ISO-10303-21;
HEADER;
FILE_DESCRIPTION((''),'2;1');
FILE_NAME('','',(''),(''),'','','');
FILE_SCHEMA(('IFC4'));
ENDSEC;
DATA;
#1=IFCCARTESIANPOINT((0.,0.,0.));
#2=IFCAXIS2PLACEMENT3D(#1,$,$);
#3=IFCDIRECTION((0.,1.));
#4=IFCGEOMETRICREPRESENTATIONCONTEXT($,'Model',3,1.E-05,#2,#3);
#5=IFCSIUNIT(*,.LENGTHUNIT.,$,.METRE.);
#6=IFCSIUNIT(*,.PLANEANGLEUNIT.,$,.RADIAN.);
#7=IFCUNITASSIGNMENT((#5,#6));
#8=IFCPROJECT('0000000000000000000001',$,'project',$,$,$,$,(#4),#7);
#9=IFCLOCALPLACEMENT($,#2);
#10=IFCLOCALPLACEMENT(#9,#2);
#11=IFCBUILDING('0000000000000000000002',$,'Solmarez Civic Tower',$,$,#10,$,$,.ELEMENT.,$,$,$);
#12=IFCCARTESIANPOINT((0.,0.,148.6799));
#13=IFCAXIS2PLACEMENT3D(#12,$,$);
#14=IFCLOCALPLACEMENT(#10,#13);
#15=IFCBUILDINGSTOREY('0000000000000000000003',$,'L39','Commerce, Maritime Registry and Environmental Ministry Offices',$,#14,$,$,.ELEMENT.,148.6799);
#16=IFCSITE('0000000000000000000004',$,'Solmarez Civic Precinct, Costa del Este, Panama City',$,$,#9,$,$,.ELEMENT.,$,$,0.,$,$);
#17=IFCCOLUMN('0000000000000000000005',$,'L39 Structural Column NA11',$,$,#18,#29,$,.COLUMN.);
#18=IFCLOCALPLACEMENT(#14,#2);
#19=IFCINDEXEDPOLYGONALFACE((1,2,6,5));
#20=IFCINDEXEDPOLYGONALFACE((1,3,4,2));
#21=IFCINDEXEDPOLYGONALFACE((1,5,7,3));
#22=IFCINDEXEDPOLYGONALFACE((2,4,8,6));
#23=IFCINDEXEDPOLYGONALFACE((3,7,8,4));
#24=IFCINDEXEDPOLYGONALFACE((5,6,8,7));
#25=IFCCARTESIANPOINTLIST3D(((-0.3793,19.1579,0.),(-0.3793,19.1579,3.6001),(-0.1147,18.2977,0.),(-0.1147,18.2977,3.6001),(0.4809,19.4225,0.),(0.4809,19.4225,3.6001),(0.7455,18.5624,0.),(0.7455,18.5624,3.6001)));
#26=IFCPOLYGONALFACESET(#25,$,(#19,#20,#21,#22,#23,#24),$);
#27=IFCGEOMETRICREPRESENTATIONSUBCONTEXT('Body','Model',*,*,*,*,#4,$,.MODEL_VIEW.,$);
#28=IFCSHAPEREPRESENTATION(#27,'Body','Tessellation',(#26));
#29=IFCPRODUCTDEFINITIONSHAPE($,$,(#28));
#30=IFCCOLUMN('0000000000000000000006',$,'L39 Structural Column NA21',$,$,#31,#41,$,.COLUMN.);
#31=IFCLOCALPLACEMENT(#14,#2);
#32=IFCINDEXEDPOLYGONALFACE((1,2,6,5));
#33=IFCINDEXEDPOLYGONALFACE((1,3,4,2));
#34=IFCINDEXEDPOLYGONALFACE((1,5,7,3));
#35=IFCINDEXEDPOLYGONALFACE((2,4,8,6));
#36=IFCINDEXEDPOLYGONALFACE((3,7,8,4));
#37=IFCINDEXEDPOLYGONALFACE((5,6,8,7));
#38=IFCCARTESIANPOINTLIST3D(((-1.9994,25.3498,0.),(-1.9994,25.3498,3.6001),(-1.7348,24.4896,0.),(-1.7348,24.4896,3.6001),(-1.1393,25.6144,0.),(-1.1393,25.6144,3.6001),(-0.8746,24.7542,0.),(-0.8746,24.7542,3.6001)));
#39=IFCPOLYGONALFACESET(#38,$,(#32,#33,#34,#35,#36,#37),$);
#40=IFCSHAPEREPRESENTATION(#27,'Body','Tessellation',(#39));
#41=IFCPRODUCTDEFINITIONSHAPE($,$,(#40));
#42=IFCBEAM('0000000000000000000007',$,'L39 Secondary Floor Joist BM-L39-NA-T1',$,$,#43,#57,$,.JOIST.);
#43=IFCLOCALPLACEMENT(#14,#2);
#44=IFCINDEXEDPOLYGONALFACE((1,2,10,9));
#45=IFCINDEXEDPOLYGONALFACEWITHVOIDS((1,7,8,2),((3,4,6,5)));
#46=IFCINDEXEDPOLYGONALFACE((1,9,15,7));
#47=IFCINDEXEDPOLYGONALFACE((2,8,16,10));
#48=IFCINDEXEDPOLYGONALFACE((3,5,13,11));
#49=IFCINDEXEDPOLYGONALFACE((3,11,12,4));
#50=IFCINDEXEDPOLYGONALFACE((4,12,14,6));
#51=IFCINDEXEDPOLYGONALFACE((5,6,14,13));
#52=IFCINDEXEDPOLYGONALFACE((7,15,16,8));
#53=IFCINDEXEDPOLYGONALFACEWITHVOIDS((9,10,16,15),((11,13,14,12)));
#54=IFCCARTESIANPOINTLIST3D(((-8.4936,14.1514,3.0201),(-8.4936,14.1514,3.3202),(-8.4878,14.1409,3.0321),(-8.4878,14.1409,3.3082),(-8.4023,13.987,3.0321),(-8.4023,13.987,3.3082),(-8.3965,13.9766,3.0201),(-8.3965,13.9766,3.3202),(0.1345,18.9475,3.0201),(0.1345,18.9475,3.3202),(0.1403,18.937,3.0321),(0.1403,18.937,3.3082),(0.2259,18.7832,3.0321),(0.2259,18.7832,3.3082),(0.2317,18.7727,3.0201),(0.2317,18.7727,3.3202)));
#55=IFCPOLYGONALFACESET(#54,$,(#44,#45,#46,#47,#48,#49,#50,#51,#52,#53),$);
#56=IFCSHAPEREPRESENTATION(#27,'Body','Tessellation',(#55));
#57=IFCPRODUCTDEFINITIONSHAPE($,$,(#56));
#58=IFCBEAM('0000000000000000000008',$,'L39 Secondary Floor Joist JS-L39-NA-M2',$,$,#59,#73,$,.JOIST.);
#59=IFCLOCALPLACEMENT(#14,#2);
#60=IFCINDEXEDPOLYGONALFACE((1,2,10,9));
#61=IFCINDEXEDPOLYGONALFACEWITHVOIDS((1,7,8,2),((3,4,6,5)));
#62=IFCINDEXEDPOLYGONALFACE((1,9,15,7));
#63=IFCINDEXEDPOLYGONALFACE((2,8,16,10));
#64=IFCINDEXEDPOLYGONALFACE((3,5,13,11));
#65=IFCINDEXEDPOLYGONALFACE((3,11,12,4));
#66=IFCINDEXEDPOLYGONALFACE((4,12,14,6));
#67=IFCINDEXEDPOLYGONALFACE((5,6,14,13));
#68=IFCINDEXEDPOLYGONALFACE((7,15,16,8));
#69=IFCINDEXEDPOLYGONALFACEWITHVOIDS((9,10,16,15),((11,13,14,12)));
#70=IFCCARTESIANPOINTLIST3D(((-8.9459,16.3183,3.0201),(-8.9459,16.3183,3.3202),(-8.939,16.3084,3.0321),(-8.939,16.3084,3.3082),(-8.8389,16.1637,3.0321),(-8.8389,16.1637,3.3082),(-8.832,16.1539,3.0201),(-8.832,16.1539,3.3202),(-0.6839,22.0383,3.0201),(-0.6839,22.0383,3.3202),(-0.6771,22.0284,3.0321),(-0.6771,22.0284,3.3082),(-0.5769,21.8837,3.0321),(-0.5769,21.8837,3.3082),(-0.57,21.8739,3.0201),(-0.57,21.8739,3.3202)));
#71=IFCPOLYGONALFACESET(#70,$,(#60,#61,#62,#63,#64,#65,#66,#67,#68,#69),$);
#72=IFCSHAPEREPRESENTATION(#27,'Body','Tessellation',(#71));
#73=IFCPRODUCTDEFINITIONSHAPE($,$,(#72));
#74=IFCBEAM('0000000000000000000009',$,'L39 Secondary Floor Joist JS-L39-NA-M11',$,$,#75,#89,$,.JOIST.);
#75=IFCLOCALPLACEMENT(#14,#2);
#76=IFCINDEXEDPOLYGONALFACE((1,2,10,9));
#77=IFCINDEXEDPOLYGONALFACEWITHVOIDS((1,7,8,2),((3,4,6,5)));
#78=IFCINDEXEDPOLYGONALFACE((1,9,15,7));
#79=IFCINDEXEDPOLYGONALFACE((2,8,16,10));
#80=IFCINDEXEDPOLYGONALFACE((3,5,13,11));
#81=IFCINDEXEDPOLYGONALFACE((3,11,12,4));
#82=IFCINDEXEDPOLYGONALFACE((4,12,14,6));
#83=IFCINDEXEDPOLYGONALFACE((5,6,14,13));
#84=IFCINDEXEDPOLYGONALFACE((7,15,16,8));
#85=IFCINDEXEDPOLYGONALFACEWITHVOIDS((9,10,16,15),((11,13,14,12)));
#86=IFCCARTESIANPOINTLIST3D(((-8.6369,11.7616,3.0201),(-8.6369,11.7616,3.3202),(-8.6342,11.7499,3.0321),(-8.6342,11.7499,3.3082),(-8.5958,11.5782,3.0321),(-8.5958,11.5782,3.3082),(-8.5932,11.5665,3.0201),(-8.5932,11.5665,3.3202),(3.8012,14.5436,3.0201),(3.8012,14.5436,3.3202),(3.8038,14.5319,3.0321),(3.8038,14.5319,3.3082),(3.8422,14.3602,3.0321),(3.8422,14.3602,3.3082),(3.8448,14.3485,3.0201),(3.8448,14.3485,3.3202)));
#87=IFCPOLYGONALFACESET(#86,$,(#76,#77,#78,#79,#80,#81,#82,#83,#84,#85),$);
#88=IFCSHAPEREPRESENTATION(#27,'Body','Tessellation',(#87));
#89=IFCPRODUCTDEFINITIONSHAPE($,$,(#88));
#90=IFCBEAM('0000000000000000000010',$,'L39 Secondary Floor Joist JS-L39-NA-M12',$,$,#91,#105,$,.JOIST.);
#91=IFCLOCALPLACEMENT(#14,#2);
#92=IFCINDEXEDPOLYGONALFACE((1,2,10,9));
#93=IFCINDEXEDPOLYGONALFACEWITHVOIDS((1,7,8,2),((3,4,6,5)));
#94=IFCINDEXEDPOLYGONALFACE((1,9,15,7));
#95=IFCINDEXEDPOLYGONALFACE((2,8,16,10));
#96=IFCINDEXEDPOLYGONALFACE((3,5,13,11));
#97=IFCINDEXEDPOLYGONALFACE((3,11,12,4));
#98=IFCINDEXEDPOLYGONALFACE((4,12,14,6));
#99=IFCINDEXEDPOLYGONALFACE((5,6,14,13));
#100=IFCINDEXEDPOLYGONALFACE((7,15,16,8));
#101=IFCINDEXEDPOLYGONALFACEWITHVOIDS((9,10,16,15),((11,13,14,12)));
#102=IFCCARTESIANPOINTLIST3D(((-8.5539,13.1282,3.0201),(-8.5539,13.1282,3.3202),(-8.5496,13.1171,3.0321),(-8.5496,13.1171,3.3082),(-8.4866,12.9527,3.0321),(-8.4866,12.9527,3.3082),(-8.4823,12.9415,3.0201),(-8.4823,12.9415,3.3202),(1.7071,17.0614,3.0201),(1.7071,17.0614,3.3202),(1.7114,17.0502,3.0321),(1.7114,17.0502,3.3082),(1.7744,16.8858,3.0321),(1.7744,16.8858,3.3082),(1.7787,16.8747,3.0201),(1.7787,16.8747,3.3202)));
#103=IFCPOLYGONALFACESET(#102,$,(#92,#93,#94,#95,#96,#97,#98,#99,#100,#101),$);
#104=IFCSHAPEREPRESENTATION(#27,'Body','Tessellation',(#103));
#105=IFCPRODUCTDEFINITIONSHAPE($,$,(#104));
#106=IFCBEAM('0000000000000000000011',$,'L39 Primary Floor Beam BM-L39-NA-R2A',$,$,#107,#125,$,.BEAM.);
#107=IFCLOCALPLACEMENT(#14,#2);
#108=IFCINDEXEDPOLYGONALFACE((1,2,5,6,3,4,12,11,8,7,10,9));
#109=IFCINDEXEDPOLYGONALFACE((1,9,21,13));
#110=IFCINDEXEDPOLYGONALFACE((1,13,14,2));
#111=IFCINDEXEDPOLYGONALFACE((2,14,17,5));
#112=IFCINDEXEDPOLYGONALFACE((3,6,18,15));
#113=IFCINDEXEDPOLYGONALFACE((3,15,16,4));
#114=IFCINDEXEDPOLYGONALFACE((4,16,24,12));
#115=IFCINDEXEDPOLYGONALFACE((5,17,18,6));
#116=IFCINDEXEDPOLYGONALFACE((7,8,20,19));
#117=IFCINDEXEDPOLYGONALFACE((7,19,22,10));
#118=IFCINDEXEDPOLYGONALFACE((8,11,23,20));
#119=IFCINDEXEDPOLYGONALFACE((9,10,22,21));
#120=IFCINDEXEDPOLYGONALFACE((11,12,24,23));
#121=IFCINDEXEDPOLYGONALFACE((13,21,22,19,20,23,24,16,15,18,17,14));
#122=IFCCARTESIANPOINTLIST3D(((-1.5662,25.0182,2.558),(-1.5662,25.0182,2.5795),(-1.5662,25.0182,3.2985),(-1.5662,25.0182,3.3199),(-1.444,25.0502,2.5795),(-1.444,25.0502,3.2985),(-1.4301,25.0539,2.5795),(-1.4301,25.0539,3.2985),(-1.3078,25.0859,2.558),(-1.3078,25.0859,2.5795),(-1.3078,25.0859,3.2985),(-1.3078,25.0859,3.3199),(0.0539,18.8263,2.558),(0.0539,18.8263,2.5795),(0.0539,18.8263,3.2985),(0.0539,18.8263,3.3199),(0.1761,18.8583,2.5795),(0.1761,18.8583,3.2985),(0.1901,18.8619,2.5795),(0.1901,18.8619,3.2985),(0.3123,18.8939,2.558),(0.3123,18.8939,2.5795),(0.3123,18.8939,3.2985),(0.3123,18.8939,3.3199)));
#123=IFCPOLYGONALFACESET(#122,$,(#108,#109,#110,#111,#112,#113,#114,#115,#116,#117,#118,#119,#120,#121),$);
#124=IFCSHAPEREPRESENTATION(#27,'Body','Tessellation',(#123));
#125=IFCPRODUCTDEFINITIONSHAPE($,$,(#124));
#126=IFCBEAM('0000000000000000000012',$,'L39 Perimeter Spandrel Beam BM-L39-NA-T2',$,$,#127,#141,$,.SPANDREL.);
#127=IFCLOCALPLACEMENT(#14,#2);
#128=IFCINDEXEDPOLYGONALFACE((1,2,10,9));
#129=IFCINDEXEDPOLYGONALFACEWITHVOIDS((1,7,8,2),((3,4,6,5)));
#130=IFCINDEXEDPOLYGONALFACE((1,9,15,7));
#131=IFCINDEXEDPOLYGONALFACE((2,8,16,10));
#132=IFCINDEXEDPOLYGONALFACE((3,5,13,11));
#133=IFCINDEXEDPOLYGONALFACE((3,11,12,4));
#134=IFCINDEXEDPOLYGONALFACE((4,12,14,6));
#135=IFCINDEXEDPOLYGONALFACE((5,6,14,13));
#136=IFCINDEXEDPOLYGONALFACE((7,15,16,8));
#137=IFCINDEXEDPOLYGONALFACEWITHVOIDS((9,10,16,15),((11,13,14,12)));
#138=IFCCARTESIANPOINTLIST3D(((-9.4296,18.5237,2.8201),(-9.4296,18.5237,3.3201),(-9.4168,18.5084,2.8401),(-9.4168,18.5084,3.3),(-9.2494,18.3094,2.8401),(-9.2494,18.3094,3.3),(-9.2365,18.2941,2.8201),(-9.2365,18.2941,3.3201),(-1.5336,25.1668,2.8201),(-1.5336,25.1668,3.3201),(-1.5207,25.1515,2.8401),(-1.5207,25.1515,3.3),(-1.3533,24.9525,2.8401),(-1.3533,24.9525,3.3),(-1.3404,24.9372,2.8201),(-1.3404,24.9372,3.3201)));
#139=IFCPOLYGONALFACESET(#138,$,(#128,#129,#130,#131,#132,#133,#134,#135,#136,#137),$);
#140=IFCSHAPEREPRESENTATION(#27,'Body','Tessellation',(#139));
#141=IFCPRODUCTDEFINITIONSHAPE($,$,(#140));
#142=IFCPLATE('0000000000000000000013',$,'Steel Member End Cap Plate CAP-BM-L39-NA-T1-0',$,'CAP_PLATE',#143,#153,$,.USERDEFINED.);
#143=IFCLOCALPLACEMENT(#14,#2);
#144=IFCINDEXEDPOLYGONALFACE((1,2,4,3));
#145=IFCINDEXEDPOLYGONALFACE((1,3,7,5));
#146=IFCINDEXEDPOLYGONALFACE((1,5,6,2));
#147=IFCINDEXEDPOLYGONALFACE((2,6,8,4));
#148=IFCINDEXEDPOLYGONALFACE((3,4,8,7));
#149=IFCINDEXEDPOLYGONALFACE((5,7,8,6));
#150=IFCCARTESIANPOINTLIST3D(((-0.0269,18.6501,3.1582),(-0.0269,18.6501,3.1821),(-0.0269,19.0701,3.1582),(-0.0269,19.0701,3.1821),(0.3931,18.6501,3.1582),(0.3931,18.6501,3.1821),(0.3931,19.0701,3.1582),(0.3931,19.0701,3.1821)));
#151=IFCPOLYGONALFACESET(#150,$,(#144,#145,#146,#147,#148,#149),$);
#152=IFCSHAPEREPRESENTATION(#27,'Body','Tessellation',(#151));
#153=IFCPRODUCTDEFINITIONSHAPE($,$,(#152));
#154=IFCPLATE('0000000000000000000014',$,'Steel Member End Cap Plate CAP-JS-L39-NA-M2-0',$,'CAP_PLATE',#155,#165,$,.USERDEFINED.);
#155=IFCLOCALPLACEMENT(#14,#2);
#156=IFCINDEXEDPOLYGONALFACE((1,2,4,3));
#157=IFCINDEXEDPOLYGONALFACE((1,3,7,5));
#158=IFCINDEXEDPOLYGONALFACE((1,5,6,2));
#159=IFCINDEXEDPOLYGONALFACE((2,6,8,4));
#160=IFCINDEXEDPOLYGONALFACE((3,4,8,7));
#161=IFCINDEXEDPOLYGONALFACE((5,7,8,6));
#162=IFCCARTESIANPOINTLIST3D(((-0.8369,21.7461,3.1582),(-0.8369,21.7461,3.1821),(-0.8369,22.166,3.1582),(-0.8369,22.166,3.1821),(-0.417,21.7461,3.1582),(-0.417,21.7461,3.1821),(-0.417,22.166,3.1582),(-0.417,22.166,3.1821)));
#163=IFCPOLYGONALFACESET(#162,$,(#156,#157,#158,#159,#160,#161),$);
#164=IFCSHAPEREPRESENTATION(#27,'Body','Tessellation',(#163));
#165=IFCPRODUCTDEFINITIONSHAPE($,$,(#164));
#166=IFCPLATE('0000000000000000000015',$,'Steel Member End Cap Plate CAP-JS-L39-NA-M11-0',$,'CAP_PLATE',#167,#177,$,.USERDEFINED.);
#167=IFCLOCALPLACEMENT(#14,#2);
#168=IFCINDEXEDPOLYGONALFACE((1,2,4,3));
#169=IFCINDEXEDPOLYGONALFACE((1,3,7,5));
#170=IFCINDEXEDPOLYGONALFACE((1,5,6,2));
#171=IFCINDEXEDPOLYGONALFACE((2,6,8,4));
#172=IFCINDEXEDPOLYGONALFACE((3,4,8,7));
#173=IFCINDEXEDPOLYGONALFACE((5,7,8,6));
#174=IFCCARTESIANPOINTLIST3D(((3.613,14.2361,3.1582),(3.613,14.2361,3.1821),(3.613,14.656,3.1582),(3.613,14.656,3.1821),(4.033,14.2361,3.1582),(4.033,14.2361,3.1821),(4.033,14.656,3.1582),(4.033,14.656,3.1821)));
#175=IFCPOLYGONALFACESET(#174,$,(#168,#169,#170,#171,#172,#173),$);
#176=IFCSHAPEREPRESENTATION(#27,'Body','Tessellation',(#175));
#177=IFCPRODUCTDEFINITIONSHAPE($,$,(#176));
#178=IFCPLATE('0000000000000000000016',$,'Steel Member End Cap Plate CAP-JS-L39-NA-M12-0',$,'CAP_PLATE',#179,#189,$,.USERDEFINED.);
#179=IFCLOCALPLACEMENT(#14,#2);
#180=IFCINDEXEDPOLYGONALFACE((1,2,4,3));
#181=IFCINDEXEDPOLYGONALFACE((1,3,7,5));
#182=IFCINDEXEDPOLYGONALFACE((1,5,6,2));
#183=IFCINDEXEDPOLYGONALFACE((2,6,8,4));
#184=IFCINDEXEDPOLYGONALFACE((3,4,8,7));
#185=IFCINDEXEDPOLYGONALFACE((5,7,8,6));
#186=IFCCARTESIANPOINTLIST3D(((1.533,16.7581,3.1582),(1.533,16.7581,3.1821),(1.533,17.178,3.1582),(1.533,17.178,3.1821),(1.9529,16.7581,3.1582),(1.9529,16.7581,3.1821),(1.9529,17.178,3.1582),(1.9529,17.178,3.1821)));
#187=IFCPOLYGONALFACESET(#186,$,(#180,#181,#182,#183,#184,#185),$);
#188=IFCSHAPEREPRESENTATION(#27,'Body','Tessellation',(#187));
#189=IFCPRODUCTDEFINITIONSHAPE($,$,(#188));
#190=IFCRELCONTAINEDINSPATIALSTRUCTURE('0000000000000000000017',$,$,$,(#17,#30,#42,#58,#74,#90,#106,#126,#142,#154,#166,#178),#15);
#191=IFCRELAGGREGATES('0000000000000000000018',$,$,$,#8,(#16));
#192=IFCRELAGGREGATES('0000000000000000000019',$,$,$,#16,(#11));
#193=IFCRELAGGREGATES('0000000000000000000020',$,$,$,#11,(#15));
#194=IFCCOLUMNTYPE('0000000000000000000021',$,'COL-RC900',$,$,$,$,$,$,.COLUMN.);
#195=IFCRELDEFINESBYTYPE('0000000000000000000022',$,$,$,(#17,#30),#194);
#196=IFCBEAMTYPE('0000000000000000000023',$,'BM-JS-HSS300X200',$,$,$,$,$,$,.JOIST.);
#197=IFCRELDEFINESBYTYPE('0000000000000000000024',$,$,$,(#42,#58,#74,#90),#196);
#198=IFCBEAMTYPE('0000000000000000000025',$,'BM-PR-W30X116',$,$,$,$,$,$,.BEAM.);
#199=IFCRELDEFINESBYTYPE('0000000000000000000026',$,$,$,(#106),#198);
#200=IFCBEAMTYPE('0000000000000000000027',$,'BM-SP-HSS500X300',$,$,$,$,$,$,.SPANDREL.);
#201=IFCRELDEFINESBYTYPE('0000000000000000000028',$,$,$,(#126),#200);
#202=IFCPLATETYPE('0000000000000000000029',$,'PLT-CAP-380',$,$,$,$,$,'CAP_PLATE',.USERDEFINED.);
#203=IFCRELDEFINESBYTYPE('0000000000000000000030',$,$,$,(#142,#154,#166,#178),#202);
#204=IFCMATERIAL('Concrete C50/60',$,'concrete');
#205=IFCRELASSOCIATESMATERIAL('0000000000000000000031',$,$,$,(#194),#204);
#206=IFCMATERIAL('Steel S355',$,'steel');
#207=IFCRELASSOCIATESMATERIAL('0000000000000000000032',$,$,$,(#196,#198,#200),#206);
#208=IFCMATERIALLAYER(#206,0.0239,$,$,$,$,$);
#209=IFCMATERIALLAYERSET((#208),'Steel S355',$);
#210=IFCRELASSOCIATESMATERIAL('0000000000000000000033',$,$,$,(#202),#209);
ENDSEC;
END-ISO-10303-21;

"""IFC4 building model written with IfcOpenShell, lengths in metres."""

from ifc_helpers import new_model, si_unit, direction, frame, origin, origin_2d, place, context, subcontext, project, spatial, rectangle, hollow_rectangle, i_section, extrude, material, layer, layer_set, material_profile, profile_set, type_object, element, save


model = new_model("IFC4")

# Units and contexts
model_context = context("Model", 3, precision=1e-05, world=origin(), true_north=direction((0.0, 1.0)))
body_context = subcontext(model_context, "Body", "Model", "MODEL_VIEW")
ifc_project = project(units=[si_unit("LENGTHUNIT", "METRE"), si_unit("PLANEANGLEUNIT", "RADIAN")], contexts=[model_context])

# Site, building, storey
site_placement = place(None, origin())
site = spatial("IfcSite", under=ifc_project, at=site_placement, Name="Solmarez Civic Precinct, Costa del Este, Panama City", CompositionType="ELEMENT", RefElevation=0.0)
building_placement = place(site_placement, origin())
building = spatial("IfcBuilding", under=site, at=building_placement, Name="Solmarez Civic Tower", CompositionType="ELEMENT")
storey_placement = place(building_placement, frame((0.0, 0.0, 148.6799)))
storey = spatial("IfcBuildingStorey", under=building, at=storey_placement, Name="L39", Description="Commerce, Maritime Registry and Environmental Ministry Offices", CompositionType="ELEMENT", Elevation=148.6799)

# Columns
ifc_material_1 = material(Name="Concrete C50/60", Category="concrete")
ifc_material_profile_1 = material_profile(ifc_material_1, rectangle(XDim=0.8999, YDim=0.8999, at=origin_2d()), Name="RC900X900")
ifc_profile_set_1 = profile_set([ifc_material_profile_1], Name="Concrete C50/60")
column_type = type_object("IfcColumnType", Name="COL-RC900", PredefinedType="COLUMN", material=ifc_profile_set_1)
for number, where, z_axis, x_axis, name in (
    (1, (0.1831, 18.8601, 0.0), (0.0, 0.0, 1.0), (0.955793, 0.29404, 0.0), "L39 Structural Column NA11"),
    (2, (-1.437, 25.052, 0.0), (0.0, 0.0, 1.0), (0.955793, 0.29404, 0.0), "L39 Structural Column NA21"),
):
    element("IfcColumn", number, at=place(storey_placement, frame(where, z_axis=z_axis, x_axis=x_axis)), inside=storey, type_object=column_type, Name=name, PredefinedType="COLUMN", context=body_context, shape_type="SweptSolid", body=[
        extrude(rectangle(XDim=0.8999, YDim=0.8999, at=origin_2d()), origin(), (0.0, 0.0, 1.0), 3.6001),
    ])

# Beams
ifc_material_2 = material(Name="Steel S355", Category="steel")
ifc_material_profile_2 = material_profile(ifc_material_2, hollow_rectangle(XDim=0.2, YDim=0.3, WallThickness=0.012, at=origin_2d()), Name="HSS300X200X12")
ifc_profile_set_2 = profile_set([ifc_material_profile_2], Name="Steel S355")
beam_type_1 = type_object("IfcBeamType", Name="BM-JS-HSS300X200", PredefinedType="JOIST", material=ifc_profile_set_2)
beam_1_placement = place(storey_placement, frame((0.1831, 18.8601, 3.1702), z_axis=(-0.874041, -0.485853, 0.0), x_axis=(0.485853, -0.874041, 0.0)))
element("IfcBeam", 3, at=beam_1_placement, inside=storey, type_object=beam_type_1, Name="L39 Secondary Floor Joist BM-L39-NA-T1", PredefinedType="JOIST", context=body_context, shape_type="SweptSolid", body=[
    extrude(hollow_rectangle(XDim=0.2, YDim=0.3, WallThickness=0.012, at=origin_2d()), origin(), (0.0, 0.0, 1.0), 9.8716),
])
beam_2_placement = place(storey_placement, frame((-0.627, 21.9561, 3.1702), z_axis=(-0.822185, -0.56922, 0.0), x_axis=(0.56922, -0.822185, 0.0)))
element("IfcBeam", 4, at=beam_2_placement, inside=storey, type_object=beam_type_1, Name="L39 Secondary Floor Joist JS-L39-NA-M2", PredefinedType="JOIST", context=body_context, shape_type="SweptSolid", body=[
    extrude(hollow_rectangle(XDim=0.2, YDim=0.3, WallThickness=0.012, at=origin_2d()), origin(), (0.0, 0.0, 1.0), 10.0488),
])
beam_3_placement = place(storey_placement, frame((3.823, 14.446, 3.1702), z_axis=(-0.975887, -0.218275, 0.0), x_axis=(0.218275, -0.975887, 0.0)))
element("IfcBeam", 5, at=beam_3_placement, inside=storey, type_object=beam_type_1, Name="L39 Secondary Floor Joist JS-L39-NA-M11", PredefinedType="JOIST", context=body_context, shape_type="SweptSolid", body=[
    extrude(hollow_rectangle(XDim=0.2, YDim=0.3, WallThickness=0.012, at=origin_2d()), origin(), (0.0, 0.0, 1.0), 12.7454),
])
beam_4_placement = place(storey_placement, frame((1.7429, 16.968, 3.1702), z_axis=(-0.933754, -0.357914, 0.0), x_axis=(0.357914, -0.933754, 0.0)))
element("IfcBeam", 6, at=beam_4_placement, inside=storey, type_object=beam_type_1, Name="L39 Secondary Floor Joist JS-L39-NA-M12", PredefinedType="JOIST", context=body_context, shape_type="SweptSolid", body=[
    extrude(hollow_rectangle(XDim=0.2, YDim=0.3, WallThickness=0.012, at=origin_2d()), origin(), (0.0, 0.0, 1.0), 10.989),
])
ifc_material_profile_3 = material_profile(ifc_material_2, i_section(OverallWidth=0.2671, OverallDepth=0.762, WebThickness=0.0144, FlangeThickness=0.0215, at=origin_2d()), Name="W30X116")
ifc_profile_set_3 = profile_set([ifc_material_profile_3], Name="Steel S355")
beam_type_2 = type_object("IfcBeamType", Name="BM-PR-W30X116", PredefinedType="BEAM", material=ifc_profile_set_3)
beam_5_placement = place(storey_placement, frame((0.1831, 18.8601, 2.939), z_axis=(-0.25313, 0.967432, 0.0), x_axis=(-0.967432, -0.25313, 0.0)))
element("IfcBeam", 7, at=beam_5_placement, inside=storey, type_object=beam_type_2, Name="L39 Primary Floor Beam BM-L39-NA-R2A", PredefinedType="BEAM", context=body_context, shape_type="SweptSolid", body=[
    extrude(i_section(OverallWidth=0.2671, OverallDepth=0.762, WebThickness=0.0144, FlangeThickness=0.0215, at=origin_2d()), origin(), (0.0, 0.0, 1.0), 6.4004),
])
ifc_material_profile_4 = material_profile(ifc_material_2, hollow_rectangle(XDim=0.3, YDim=0.5, WallThickness=0.02, at=origin_2d()), Name="HSS500X300X20")
ifc_profile_set_4 = profile_set([ifc_material_profile_4], Name="Steel S355")
beam_type_3 = type_object("IfcBeamType", Name="BM-SP-HSS500X300", PredefinedType="SPANDREL", material=ifc_profile_set_4)
beam_6_placement = place(storey_placement, frame((-1.437, 25.052, 3.0701), z_axis=(-0.765207, -0.643784, 0.0), x_axis=(0.643784, -0.765207, 0.0)))
element("IfcBeam", 8, at=beam_6_placement, inside=storey, type_object=beam_type_3, Name="L39 Perimeter Spandrel Beam BM-L39-NA-T2", PredefinedType="SPANDREL", context=body_context, shape_type="SweptSolid", body=[
    extrude(hollow_rectangle(XDim=0.3, YDim=0.5, WallThickness=0.02, at=origin_2d()), origin(), (0.0, 0.0, 1.0), 10.3188),
])

# Plates
ifc_layer_1 = layer(ifc_material_2, 0.0239)
ifc_layer_set_1 = layer_set([ifc_layer_1], Name="Steel S355")
plate_type_1 = type_object("IfcPlateType", Name="PLT-CAP-380", ElementType="CAP_PLATE", PredefinedType="USERDEFINED", material=ifc_layer_set_1)
for number, where, z_axis, x_axis, name in (
    (9, (0.1831, 18.8601, 3.1582), (0.0, 0.0, 1.0), (1.0, 0.0, 0.0), "Steel Member End Cap Plate CAP-BM-L39-NA-T1-0"),
    (10, (-0.627, 21.9561, 3.1582), (0.0, 0.0, 1.0), (1.0, 0.0, 0.0), "Steel Member End Cap Plate CAP-JS-L39-NA-M2-0"),
    (11, (3.823, 14.446, 3.1582), (0.0, 0.0, 1.0), (1.0, 0.0, 0.0), "Steel Member End Cap Plate CAP-JS-L39-NA-M11-0"),
    (12, (1.7429, 16.968, 3.1582), (0.0, 0.0, 1.0), (1.0, 0.0, 0.0), "Steel Member End Cap Plate CAP-JS-L39-NA-M12-0"),
):
    element("IfcPlate", number, at=place(storey_placement, frame(where, z_axis=z_axis, x_axis=x_axis)), inside=storey, type_object=plate_type_1, Name=name, ObjectType="CAP_PLATE", PredefinedType="USERDEFINED", context=body_context, shape_type="SweptSolid", body=[
        extrude(rectangle(XDim=0.4199, YDim=0.4199, at=origin_2d()), origin(), (0.0, 0.0, 1.0), 0.0239),
    ])

save(model, "model.ifc")
